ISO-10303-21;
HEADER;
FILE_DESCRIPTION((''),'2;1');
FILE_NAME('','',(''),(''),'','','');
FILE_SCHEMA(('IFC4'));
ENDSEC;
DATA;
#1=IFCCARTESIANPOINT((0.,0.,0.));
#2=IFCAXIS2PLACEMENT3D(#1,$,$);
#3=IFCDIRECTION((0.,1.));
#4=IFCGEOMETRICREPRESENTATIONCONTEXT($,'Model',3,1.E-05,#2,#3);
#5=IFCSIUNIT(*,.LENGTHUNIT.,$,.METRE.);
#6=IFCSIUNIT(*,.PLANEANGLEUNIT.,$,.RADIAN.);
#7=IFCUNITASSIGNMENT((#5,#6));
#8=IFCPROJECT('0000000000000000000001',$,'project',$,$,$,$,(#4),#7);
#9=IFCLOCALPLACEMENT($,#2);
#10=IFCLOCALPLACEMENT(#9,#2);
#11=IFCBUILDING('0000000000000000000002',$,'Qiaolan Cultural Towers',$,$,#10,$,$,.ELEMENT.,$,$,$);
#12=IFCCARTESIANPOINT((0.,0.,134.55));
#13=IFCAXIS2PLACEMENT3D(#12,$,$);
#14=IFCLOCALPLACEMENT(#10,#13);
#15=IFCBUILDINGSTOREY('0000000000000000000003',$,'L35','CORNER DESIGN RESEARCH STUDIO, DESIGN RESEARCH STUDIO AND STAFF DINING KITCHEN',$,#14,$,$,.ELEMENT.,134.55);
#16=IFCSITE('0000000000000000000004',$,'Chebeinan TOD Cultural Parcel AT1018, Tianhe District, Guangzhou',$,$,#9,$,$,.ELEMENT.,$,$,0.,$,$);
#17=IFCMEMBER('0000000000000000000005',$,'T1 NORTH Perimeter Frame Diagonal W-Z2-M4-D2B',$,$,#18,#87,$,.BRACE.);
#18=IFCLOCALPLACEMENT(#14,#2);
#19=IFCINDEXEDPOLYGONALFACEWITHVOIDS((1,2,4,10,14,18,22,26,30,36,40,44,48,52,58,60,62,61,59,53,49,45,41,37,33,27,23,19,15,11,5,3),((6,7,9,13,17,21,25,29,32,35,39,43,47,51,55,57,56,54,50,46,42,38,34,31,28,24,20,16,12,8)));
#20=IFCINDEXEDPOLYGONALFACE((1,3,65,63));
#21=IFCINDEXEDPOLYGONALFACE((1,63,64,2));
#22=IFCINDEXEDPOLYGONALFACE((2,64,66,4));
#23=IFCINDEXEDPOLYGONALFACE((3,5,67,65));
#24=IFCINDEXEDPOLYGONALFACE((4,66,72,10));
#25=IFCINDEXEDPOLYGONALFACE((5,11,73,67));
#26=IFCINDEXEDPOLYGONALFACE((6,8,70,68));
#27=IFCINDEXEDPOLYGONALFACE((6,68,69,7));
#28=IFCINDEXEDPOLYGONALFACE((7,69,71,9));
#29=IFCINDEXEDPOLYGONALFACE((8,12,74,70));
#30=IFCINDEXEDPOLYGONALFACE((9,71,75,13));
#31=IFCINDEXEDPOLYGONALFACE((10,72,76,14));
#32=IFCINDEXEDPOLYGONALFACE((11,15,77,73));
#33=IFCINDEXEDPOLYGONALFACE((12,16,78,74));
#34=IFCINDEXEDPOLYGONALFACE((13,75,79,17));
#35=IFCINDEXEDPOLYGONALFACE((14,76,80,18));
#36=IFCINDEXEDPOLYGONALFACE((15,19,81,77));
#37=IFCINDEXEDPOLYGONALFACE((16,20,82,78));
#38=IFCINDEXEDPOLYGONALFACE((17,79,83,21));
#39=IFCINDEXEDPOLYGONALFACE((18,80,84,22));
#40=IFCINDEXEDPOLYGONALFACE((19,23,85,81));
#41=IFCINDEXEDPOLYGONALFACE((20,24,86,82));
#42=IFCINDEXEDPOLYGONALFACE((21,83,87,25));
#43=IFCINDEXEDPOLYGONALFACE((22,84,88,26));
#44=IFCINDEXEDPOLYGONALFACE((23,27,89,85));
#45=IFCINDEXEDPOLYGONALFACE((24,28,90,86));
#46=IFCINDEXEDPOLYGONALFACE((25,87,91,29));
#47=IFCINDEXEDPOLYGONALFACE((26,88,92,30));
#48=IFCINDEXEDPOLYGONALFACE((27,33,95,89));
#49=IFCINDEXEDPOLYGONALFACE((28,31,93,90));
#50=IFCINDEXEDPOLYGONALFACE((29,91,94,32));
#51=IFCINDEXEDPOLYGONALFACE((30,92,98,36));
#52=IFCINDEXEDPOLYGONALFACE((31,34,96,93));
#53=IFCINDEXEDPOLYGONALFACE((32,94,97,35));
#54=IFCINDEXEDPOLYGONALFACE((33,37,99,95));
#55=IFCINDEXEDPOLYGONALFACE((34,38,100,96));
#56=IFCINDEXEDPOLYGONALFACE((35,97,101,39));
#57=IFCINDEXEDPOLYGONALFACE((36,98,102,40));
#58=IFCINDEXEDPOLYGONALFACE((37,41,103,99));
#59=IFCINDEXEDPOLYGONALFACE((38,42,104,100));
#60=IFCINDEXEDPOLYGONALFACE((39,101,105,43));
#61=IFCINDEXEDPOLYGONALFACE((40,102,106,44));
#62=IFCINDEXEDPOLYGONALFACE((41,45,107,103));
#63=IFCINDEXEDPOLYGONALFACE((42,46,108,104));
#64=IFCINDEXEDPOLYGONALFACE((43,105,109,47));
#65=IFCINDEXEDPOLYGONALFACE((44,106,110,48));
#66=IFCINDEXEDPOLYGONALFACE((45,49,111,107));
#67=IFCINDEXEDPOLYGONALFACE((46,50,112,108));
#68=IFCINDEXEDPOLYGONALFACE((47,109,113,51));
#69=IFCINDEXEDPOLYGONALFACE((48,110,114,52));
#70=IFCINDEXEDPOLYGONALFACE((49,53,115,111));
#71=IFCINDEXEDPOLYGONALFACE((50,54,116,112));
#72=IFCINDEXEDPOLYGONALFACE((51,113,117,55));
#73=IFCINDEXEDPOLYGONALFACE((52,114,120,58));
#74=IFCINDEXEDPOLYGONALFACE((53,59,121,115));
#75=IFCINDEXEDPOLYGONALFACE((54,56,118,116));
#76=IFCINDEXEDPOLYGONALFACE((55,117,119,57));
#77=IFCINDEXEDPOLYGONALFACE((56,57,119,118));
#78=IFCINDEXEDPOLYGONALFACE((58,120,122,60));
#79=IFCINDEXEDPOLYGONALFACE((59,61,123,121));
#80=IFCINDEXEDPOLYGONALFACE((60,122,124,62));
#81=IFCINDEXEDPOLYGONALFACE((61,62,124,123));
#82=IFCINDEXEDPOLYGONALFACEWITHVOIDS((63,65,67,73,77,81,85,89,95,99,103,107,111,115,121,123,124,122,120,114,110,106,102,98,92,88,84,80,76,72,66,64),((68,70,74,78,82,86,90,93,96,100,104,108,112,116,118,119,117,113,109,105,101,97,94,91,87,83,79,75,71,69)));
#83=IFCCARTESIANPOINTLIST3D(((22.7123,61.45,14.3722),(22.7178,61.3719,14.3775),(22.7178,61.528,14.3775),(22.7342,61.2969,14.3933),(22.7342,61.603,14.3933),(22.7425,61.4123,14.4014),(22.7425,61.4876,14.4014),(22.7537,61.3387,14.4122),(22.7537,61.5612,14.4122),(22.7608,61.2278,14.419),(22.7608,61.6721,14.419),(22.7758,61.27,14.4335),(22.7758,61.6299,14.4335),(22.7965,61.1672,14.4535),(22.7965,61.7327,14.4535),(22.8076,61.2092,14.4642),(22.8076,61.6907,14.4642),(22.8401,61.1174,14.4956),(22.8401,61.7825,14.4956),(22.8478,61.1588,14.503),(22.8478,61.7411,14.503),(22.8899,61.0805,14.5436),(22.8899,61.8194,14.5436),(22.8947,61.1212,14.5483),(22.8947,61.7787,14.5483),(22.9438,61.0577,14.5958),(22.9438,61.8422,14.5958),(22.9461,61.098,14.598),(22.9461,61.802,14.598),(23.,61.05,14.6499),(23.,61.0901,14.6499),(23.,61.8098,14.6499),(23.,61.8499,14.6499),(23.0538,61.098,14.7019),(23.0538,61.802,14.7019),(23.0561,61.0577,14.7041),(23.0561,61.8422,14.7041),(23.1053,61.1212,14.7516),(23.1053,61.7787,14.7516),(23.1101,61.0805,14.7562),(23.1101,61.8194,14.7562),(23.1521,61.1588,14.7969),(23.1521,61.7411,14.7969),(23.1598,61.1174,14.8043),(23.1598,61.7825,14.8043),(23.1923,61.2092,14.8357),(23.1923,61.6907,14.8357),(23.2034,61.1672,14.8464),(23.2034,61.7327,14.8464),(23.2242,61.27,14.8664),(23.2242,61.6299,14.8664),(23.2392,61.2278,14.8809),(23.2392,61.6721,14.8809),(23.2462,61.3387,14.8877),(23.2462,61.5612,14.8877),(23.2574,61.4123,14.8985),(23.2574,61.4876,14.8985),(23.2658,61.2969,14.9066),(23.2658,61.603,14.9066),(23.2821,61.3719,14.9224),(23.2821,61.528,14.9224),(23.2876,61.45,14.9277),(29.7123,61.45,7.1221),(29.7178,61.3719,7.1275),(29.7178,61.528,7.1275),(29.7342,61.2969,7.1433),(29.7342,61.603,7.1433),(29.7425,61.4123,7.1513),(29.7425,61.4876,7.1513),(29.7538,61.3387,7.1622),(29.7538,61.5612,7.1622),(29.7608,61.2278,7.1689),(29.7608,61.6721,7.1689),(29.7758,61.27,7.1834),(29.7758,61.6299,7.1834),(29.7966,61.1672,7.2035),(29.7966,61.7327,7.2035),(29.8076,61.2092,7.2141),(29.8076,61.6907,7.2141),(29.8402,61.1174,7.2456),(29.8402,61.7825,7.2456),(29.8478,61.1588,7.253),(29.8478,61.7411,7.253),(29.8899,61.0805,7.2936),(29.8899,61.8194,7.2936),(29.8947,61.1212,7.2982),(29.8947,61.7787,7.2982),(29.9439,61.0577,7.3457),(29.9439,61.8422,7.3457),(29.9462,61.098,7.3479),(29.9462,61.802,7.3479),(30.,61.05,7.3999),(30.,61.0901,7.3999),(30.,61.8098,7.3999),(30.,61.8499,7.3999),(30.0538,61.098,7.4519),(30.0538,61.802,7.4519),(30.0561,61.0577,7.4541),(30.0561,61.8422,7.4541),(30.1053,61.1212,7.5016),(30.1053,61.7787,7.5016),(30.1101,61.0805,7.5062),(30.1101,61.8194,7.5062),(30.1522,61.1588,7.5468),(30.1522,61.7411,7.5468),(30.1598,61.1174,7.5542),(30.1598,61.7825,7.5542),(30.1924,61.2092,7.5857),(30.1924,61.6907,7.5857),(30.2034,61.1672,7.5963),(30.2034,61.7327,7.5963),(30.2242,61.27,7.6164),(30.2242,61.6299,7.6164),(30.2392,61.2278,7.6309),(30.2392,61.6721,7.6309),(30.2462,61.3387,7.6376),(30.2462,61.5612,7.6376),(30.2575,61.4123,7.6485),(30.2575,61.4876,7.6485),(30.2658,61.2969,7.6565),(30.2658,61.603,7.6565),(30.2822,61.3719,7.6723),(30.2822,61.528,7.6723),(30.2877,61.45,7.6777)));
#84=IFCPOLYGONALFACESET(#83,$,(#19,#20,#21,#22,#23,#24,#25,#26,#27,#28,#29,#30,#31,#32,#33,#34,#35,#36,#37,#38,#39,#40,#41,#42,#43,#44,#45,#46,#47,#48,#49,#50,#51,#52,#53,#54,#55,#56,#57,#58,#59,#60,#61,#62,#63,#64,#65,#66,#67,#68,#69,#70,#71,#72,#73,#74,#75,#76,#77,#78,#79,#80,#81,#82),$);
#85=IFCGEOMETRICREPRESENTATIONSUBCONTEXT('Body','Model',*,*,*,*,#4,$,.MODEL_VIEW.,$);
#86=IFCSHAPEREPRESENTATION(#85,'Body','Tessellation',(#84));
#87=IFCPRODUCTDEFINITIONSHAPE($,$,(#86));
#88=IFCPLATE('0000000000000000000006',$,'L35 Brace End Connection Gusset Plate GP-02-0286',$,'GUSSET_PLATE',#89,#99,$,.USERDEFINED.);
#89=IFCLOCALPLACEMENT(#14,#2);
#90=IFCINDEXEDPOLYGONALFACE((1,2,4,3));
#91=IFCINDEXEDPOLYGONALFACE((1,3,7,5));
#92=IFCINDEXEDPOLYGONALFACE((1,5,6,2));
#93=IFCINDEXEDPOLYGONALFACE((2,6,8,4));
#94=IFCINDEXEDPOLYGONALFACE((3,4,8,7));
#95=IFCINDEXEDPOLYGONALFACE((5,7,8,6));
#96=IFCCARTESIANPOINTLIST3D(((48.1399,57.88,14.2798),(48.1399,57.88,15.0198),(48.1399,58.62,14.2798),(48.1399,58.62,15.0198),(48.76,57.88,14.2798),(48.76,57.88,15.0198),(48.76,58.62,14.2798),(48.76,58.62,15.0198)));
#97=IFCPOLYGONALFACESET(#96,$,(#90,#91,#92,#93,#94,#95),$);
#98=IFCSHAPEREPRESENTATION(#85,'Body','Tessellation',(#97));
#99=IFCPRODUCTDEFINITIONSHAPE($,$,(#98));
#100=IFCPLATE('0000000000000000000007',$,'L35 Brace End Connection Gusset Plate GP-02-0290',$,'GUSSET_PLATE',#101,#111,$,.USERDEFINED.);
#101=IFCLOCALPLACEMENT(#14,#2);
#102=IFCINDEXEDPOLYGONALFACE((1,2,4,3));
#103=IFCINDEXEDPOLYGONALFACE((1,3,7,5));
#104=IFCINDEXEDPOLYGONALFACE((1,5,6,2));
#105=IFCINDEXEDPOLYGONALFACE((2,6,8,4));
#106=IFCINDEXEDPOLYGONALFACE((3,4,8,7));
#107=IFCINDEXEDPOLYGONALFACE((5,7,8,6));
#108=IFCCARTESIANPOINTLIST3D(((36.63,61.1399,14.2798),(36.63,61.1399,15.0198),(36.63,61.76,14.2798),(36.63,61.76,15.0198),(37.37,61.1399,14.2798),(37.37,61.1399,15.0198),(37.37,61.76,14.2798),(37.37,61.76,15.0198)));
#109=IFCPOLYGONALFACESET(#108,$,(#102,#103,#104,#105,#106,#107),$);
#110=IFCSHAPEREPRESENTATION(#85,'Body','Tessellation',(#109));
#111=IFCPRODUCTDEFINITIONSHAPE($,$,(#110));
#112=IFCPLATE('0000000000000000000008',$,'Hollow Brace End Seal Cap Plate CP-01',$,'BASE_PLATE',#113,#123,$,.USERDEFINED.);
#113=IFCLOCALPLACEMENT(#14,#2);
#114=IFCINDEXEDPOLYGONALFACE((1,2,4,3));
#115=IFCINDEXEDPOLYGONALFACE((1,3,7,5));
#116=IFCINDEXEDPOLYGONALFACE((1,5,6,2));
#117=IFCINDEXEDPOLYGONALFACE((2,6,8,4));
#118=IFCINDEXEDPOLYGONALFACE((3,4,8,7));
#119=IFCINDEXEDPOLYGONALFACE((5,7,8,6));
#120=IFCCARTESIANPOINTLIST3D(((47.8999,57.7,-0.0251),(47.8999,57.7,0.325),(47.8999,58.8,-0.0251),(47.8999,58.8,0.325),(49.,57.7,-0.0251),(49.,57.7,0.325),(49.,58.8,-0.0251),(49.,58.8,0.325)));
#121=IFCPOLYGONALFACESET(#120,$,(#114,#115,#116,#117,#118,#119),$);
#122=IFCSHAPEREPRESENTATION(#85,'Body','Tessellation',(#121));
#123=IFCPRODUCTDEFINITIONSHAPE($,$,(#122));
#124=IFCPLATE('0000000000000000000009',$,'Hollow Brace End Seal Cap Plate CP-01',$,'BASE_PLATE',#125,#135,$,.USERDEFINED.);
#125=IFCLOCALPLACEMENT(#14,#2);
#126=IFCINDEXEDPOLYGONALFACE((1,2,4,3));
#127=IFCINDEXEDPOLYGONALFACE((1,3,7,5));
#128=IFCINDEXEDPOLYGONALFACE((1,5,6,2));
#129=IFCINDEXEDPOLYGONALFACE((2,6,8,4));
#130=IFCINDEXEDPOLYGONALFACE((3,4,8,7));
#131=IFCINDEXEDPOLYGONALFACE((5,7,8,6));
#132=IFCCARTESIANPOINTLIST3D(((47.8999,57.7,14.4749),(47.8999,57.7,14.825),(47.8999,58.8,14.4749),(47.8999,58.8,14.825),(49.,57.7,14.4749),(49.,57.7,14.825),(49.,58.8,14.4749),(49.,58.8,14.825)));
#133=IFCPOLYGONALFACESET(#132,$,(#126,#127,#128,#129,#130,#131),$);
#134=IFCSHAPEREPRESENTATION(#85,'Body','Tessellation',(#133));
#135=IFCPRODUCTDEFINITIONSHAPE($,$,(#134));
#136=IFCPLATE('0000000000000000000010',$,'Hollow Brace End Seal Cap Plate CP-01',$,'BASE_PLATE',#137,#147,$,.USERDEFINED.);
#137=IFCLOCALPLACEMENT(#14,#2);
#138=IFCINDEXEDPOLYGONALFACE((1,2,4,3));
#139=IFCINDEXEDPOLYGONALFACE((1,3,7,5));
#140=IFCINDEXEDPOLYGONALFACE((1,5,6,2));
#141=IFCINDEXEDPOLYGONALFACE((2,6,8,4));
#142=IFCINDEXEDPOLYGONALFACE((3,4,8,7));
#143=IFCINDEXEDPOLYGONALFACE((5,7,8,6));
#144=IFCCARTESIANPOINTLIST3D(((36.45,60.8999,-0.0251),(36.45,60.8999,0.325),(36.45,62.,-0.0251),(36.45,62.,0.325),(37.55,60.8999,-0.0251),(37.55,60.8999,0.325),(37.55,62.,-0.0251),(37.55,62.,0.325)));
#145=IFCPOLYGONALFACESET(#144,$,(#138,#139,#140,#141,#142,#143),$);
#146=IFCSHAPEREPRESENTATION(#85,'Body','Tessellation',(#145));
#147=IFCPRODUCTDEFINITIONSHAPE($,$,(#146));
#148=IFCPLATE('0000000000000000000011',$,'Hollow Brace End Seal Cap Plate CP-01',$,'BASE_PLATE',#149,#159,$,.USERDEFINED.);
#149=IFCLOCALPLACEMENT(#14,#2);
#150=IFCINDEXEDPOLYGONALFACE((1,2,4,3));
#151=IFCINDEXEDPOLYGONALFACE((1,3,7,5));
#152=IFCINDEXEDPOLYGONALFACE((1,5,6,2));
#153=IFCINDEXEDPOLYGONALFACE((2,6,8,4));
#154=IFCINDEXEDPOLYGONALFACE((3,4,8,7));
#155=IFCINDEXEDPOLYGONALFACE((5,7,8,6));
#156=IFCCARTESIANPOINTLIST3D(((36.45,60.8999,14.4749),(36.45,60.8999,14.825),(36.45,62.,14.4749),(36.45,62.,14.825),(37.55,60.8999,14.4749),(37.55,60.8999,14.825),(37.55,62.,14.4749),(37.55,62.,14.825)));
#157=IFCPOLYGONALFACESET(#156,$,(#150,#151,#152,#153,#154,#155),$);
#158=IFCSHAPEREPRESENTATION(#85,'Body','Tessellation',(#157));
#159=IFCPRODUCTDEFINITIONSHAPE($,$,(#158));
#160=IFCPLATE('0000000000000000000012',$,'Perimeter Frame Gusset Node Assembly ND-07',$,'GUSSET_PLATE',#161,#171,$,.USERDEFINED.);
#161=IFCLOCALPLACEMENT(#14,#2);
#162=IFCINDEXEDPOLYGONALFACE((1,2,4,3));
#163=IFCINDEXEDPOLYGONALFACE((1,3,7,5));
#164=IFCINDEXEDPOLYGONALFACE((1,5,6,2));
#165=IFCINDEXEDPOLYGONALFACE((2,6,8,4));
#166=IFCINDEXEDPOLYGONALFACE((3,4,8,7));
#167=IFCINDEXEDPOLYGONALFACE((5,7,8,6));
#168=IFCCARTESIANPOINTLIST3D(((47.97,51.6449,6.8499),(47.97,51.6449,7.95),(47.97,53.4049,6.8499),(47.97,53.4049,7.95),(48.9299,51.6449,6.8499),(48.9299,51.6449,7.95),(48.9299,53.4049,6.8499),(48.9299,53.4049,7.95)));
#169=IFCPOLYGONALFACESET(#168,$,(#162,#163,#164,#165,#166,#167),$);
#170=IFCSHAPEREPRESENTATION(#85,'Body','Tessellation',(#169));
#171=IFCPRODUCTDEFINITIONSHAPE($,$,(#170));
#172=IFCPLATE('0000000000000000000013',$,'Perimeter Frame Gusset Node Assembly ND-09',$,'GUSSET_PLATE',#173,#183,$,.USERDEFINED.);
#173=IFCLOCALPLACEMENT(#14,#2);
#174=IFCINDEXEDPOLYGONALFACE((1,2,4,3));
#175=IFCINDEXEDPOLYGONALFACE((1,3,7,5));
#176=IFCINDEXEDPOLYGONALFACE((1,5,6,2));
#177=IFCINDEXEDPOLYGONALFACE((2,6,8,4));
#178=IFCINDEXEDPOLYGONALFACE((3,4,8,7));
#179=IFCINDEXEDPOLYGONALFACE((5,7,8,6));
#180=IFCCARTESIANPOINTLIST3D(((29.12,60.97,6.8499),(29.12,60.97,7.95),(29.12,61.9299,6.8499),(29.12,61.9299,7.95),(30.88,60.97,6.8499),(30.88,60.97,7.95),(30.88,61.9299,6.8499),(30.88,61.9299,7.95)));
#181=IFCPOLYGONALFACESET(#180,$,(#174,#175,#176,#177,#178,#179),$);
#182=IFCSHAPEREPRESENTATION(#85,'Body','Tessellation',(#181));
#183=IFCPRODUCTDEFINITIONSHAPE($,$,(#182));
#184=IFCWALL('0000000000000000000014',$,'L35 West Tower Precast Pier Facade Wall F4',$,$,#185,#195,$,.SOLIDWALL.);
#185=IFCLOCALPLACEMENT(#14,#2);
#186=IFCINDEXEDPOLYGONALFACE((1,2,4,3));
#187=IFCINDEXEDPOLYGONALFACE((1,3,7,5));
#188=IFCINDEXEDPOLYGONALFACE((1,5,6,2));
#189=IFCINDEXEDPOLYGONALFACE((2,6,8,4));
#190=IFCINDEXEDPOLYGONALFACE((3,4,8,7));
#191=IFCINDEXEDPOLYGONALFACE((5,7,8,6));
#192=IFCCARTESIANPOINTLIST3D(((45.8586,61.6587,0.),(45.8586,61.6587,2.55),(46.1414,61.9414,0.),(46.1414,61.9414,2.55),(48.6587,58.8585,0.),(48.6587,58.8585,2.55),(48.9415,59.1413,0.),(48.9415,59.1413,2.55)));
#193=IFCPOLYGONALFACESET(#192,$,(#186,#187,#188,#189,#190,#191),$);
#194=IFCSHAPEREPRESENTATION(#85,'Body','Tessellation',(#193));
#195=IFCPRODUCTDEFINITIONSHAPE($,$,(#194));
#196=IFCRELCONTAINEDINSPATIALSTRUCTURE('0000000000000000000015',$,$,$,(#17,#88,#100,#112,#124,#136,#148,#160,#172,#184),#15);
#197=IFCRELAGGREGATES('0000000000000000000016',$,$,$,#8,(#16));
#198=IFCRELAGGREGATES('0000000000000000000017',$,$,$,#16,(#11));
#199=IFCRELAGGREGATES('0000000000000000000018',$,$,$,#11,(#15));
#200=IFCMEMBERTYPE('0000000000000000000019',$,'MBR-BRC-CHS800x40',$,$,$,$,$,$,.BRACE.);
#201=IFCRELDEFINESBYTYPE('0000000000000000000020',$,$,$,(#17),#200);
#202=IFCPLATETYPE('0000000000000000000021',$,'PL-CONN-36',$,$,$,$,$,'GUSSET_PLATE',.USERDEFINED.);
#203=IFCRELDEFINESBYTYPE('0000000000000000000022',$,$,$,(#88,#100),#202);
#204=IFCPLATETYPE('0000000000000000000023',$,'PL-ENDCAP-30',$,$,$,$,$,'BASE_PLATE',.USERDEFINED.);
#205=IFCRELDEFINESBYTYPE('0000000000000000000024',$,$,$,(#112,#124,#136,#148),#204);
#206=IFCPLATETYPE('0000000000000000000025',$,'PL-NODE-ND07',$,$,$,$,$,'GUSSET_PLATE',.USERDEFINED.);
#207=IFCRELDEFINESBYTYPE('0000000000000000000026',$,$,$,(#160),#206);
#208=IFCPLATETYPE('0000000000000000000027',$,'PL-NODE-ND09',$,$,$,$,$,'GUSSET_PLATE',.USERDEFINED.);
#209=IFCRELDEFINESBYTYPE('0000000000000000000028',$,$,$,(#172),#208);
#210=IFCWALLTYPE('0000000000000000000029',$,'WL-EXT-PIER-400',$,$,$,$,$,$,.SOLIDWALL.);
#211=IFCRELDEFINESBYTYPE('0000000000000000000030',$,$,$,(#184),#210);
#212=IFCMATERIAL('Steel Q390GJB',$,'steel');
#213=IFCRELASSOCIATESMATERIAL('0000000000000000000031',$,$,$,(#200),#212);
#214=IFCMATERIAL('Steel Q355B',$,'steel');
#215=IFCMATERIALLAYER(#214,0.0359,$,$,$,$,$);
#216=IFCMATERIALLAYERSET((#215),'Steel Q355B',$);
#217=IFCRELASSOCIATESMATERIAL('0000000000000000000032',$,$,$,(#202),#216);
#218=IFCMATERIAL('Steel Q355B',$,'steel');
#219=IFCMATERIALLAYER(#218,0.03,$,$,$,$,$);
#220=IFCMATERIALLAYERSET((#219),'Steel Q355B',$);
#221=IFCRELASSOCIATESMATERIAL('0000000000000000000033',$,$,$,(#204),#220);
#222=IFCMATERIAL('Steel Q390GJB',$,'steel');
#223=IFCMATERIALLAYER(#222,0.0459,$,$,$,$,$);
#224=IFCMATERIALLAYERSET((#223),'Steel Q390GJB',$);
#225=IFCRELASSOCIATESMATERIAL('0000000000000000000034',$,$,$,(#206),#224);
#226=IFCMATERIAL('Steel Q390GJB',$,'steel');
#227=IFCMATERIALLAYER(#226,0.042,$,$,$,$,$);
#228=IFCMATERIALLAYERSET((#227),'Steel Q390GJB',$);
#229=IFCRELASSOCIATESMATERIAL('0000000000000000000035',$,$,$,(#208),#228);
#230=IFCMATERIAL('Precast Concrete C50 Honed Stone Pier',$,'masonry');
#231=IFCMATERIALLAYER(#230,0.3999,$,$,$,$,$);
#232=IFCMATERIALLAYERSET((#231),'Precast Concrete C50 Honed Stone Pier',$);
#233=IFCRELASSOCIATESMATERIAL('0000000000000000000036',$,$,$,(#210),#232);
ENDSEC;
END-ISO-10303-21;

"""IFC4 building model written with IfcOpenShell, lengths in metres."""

from ifc_helpers import new_model, si_unit, direction, frame, frame_2d, origin, origin_2d, place, context, subcontext, project, spatial, rectangle, hollow_circle, extrude, material, layer, layer_set, material_profile, profile_set, type_object, element, save


model = new_model("IFC4")

# Units and contexts
model_context = context("Model", 3, precision=1e-05, world=origin(), true_north=direction((0.0, 1.0)))
body_context = subcontext(model_context, "Body", "Model", "MODEL_VIEW")
ifc_project = project(units=[si_unit("LENGTHUNIT", "METRE"), si_unit("PLANEANGLEUNIT", "RADIAN")], contexts=[model_context])

# Site, building, storey
site_placement = place(None, origin())
site = spatial("IfcSite", under=ifc_project, at=site_placement, Name="Chebeinan TOD Cultural Parcel AT1018, Tianhe District, Guangzhou", CompositionType="ELEMENT", RefElevation=0.0)
building_placement = place(site_placement, origin())
building = spatial("IfcBuilding", under=site, at=building_placement, Name="Qiaolan Cultural Towers", CompositionType="ELEMENT")
storey_placement = place(building_placement, frame((0.0, 0.0, 134.55)))
storey = spatial("IfcBuildingStorey", under=building, at=storey_placement, Name="L35", Description="CORNER DESIGN RESEARCH STUDIO, DESIGN RESEARCH STUDIO AND STAFF DINING KITCHEN", CompositionType="ELEMENT", Elevation=134.55)

# Member
ifc_material_1 = material(Name="Steel Q390GJB", Category="steel")
ifc_material_profile_1 = material_profile(ifc_material_1, hollow_circle(Radius=0.3999, WallThickness=0.04, at=origin_2d()), Name="CHS800x40")
ifc_profile_set_1 = profile_set([ifc_material_profile_1], Name="Steel Q390GJB")
member_type = type_object("IfcMemberType", Name="MBR-BRC-CHS800x40", PredefinedType="BRACE", material=ifc_profile_set_1)
for number, where, z_axis, x_axis, name in (
    (1, (30.0, 61.45, 7.3999), (-0.694595, 0.0, 0.719401), (0.0, -1.0, 0.0), "T1 NORTH Perimeter Frame Diagonal W-Z2-M4-D2B"),
):
    element("IfcMember", number, at=place(storey_placement, frame(where, z_axis=z_axis, x_axis=x_axis)), inside=storey, type_object=member_type, Name=name, PredefinedType="BRACE", context=body_context, shape_type="SweptSolid", body=[
        extrude(hollow_circle(Radius=0.3999, WallThickness=0.04, at=origin_2d()), origin(), (0.0, 0.0, 1.0), 10.0779),
    ])

# Plates
ifc_material_2 = material(Name="Steel Q355B", Category="steel")
ifc_layer_1 = layer(ifc_material_2, 0.0359)
ifc_layer_set_1 = layer_set([ifc_layer_1], Name="Steel Q355B")
plate_type_1 = type_object("IfcPlateType", Name="PL-CONN-36", ElementType="GUSSET_PLATE", PredefinedType="USERDEFINED", material=ifc_layer_set_1)
for number, where, z_axis, x_axis, name in (
    (2, (48.45, 58.25, 14.2798), (0.0, 0.0, 1.0), (0.0, 1.0, 0.0), "L35 Brace End Connection Gusset Plate GP-02-0286"),
    (3, (37.0, 61.45, 14.2798), (0.0, 0.0, 1.0), (1.0, 0.0, 0.0), "L35 Brace End Connection Gusset Plate GP-02-0290"),
):
    element("IfcPlate", number, at=place(storey_placement, frame(where, z_axis=z_axis, x_axis=x_axis)), inside=storey, type_object=plate_type_1, Name=name, ObjectType="GUSSET_PLATE", PredefinedType="USERDEFINED", context=body_context, shape_type="SweptSolid", body=[
        extrude(rectangle(XDim=0.74, YDim=0.6201, at=origin_2d()), origin(), (0.0, 0.0, 1.0), 0.74),
    ])
ifc_material_3 = material(Name="Steel Q355B", Category="steel")
ifc_layer_2 = layer(ifc_material_3, 0.03)
ifc_layer_set_2 = layer_set([ifc_layer_2], Name="Steel Q355B")
plate_type_2 = type_object("IfcPlateType", Name="PL-ENDCAP-30", ElementType="BASE_PLATE", PredefinedType="USERDEFINED", material=ifc_layer_set_2)
for number, where, z_axis, x_axis, name in (
    (4, (48.45, 58.25, -0.0251), (0.0, 0.0, 1.0), (0.0, 1.0, 0.0), "Hollow Brace End Seal Cap Plate CP-01"),
    (5, (48.45, 58.25, 14.4749), (0.0, 0.0, 1.0), (0.0, 1.0, 0.0), "Hollow Brace End Seal Cap Plate CP-01"),
    (6, (37.0, 61.45, -0.0251), (0.0, 0.0, 1.0), (1.0, 0.0, 0.0), "Hollow Brace End Seal Cap Plate CP-01"),
    (7, (37.0, 61.45, 14.4749), (0.0, 0.0, 1.0), (1.0, 0.0, 0.0), "Hollow Brace End Seal Cap Plate CP-01"),
):
    element("IfcPlate", number, at=place(storey_placement, frame(where, z_axis=z_axis, x_axis=x_axis)), inside=storey, type_object=plate_type_2, Name=name, ObjectType="BASE_PLATE", PredefinedType="USERDEFINED", context=body_context, shape_type="SweptSolid", body=[
        extrude(rectangle(XDim=1.1001, YDim=1.1001, at=origin_2d()), origin(), (0.0, 0.0, 1.0), 0.3501),
    ])
ifc_material_4 = material(Name="Steel Q390GJB", Category="steel")
ifc_layer_3 = layer(ifc_material_4, 0.0459)
ifc_layer_set_3 = layer_set([ifc_layer_3], Name="Steel Q390GJB")
plate_type_3 = type_object("IfcPlateType", Name="PL-NODE-ND07", ElementType="GUSSET_PLATE", PredefinedType="USERDEFINED", material=ifc_layer_set_3)
plate_1_placement = place(storey_placement, frame((48.45, 52.5249, 6.8499), z_axis=(0.0, 0.0, 1.0), x_axis=(0.0, 1.0, 0.0)))
element("IfcPlate", 8, at=plate_1_placement, inside=storey, type_object=plate_type_3, Name="Perimeter Frame Gusset Node Assembly ND-07", ObjectType="GUSSET_PLATE", PredefinedType="USERDEFINED", context=body_context, shape_type="SweptSolid", body=[
    extrude(rectangle(XDim=1.76, YDim=0.96, at=origin_2d()), origin(), (0.0, 0.0, 1.0), 1.1001),
])
ifc_material_5 = material(Name="Steel Q390GJB", Category="steel")
ifc_layer_4 = layer(ifc_material_5, 0.042)
ifc_layer_set_4 = layer_set([ifc_layer_4], Name="Steel Q390GJB")
plate_type_4 = type_object("IfcPlateType", Name="PL-NODE-ND09", ElementType="GUSSET_PLATE", PredefinedType="USERDEFINED", material=ifc_layer_set_4)
plate_2_placement = place(storey_placement, frame((30.0, 61.45, 6.8499), z_axis=(0.0, 0.0, 1.0), x_axis=(1.0, 0.0, 0.0)))
element("IfcPlate", 9, at=plate_2_placement, inside=storey, type_object=plate_type_4, Name="Perimeter Frame Gusset Node Assembly ND-09", ObjectType="GUSSET_PLATE", PredefinedType="USERDEFINED", context=body_context, shape_type="SweptSolid", body=[
    extrude(rectangle(XDim=1.76, YDim=0.96, at=origin_2d()), origin(), (0.0, 0.0, 1.0), 1.1001),
])

# Wall
ifc_material_6 = material(Name="Precast Concrete C50 Honed Stone Pier", Category="masonry")
ifc_layer_5 = layer(ifc_material_6, 0.3999)
ifc_layer_set_5 = layer_set([ifc_layer_5], Name="Precast Concrete C50 Honed Stone Pier")
wall_type_1 = type_object("IfcWallType", Name="WL-EXT-PIER-400", PredefinedType="SOLIDWALL", material=ifc_layer_set_5)
wall_1_placement = place(storey_placement, frame((46.0, 61.8, 0.0), z_axis=(0.0, 0.0, 1.0), x_axis=(0.707107, -0.707107, 0.0)))
element("IfcWall", 10, at=wall_1_placement, inside=storey, type_object=wall_type_1, Name="L35 West Tower Precast Pier Facade Wall F4", PredefinedType="SOLIDWALL", context=body_context, shape_type="SweptSolid", body=[
    extrude(rectangle(XDim=3.96, YDim=0.3999, at=frame_2d((1.98, 0.0))), origin(), (0.0, 0.0, 1.0), 2.55),
])

save(model, "model.ifc")
